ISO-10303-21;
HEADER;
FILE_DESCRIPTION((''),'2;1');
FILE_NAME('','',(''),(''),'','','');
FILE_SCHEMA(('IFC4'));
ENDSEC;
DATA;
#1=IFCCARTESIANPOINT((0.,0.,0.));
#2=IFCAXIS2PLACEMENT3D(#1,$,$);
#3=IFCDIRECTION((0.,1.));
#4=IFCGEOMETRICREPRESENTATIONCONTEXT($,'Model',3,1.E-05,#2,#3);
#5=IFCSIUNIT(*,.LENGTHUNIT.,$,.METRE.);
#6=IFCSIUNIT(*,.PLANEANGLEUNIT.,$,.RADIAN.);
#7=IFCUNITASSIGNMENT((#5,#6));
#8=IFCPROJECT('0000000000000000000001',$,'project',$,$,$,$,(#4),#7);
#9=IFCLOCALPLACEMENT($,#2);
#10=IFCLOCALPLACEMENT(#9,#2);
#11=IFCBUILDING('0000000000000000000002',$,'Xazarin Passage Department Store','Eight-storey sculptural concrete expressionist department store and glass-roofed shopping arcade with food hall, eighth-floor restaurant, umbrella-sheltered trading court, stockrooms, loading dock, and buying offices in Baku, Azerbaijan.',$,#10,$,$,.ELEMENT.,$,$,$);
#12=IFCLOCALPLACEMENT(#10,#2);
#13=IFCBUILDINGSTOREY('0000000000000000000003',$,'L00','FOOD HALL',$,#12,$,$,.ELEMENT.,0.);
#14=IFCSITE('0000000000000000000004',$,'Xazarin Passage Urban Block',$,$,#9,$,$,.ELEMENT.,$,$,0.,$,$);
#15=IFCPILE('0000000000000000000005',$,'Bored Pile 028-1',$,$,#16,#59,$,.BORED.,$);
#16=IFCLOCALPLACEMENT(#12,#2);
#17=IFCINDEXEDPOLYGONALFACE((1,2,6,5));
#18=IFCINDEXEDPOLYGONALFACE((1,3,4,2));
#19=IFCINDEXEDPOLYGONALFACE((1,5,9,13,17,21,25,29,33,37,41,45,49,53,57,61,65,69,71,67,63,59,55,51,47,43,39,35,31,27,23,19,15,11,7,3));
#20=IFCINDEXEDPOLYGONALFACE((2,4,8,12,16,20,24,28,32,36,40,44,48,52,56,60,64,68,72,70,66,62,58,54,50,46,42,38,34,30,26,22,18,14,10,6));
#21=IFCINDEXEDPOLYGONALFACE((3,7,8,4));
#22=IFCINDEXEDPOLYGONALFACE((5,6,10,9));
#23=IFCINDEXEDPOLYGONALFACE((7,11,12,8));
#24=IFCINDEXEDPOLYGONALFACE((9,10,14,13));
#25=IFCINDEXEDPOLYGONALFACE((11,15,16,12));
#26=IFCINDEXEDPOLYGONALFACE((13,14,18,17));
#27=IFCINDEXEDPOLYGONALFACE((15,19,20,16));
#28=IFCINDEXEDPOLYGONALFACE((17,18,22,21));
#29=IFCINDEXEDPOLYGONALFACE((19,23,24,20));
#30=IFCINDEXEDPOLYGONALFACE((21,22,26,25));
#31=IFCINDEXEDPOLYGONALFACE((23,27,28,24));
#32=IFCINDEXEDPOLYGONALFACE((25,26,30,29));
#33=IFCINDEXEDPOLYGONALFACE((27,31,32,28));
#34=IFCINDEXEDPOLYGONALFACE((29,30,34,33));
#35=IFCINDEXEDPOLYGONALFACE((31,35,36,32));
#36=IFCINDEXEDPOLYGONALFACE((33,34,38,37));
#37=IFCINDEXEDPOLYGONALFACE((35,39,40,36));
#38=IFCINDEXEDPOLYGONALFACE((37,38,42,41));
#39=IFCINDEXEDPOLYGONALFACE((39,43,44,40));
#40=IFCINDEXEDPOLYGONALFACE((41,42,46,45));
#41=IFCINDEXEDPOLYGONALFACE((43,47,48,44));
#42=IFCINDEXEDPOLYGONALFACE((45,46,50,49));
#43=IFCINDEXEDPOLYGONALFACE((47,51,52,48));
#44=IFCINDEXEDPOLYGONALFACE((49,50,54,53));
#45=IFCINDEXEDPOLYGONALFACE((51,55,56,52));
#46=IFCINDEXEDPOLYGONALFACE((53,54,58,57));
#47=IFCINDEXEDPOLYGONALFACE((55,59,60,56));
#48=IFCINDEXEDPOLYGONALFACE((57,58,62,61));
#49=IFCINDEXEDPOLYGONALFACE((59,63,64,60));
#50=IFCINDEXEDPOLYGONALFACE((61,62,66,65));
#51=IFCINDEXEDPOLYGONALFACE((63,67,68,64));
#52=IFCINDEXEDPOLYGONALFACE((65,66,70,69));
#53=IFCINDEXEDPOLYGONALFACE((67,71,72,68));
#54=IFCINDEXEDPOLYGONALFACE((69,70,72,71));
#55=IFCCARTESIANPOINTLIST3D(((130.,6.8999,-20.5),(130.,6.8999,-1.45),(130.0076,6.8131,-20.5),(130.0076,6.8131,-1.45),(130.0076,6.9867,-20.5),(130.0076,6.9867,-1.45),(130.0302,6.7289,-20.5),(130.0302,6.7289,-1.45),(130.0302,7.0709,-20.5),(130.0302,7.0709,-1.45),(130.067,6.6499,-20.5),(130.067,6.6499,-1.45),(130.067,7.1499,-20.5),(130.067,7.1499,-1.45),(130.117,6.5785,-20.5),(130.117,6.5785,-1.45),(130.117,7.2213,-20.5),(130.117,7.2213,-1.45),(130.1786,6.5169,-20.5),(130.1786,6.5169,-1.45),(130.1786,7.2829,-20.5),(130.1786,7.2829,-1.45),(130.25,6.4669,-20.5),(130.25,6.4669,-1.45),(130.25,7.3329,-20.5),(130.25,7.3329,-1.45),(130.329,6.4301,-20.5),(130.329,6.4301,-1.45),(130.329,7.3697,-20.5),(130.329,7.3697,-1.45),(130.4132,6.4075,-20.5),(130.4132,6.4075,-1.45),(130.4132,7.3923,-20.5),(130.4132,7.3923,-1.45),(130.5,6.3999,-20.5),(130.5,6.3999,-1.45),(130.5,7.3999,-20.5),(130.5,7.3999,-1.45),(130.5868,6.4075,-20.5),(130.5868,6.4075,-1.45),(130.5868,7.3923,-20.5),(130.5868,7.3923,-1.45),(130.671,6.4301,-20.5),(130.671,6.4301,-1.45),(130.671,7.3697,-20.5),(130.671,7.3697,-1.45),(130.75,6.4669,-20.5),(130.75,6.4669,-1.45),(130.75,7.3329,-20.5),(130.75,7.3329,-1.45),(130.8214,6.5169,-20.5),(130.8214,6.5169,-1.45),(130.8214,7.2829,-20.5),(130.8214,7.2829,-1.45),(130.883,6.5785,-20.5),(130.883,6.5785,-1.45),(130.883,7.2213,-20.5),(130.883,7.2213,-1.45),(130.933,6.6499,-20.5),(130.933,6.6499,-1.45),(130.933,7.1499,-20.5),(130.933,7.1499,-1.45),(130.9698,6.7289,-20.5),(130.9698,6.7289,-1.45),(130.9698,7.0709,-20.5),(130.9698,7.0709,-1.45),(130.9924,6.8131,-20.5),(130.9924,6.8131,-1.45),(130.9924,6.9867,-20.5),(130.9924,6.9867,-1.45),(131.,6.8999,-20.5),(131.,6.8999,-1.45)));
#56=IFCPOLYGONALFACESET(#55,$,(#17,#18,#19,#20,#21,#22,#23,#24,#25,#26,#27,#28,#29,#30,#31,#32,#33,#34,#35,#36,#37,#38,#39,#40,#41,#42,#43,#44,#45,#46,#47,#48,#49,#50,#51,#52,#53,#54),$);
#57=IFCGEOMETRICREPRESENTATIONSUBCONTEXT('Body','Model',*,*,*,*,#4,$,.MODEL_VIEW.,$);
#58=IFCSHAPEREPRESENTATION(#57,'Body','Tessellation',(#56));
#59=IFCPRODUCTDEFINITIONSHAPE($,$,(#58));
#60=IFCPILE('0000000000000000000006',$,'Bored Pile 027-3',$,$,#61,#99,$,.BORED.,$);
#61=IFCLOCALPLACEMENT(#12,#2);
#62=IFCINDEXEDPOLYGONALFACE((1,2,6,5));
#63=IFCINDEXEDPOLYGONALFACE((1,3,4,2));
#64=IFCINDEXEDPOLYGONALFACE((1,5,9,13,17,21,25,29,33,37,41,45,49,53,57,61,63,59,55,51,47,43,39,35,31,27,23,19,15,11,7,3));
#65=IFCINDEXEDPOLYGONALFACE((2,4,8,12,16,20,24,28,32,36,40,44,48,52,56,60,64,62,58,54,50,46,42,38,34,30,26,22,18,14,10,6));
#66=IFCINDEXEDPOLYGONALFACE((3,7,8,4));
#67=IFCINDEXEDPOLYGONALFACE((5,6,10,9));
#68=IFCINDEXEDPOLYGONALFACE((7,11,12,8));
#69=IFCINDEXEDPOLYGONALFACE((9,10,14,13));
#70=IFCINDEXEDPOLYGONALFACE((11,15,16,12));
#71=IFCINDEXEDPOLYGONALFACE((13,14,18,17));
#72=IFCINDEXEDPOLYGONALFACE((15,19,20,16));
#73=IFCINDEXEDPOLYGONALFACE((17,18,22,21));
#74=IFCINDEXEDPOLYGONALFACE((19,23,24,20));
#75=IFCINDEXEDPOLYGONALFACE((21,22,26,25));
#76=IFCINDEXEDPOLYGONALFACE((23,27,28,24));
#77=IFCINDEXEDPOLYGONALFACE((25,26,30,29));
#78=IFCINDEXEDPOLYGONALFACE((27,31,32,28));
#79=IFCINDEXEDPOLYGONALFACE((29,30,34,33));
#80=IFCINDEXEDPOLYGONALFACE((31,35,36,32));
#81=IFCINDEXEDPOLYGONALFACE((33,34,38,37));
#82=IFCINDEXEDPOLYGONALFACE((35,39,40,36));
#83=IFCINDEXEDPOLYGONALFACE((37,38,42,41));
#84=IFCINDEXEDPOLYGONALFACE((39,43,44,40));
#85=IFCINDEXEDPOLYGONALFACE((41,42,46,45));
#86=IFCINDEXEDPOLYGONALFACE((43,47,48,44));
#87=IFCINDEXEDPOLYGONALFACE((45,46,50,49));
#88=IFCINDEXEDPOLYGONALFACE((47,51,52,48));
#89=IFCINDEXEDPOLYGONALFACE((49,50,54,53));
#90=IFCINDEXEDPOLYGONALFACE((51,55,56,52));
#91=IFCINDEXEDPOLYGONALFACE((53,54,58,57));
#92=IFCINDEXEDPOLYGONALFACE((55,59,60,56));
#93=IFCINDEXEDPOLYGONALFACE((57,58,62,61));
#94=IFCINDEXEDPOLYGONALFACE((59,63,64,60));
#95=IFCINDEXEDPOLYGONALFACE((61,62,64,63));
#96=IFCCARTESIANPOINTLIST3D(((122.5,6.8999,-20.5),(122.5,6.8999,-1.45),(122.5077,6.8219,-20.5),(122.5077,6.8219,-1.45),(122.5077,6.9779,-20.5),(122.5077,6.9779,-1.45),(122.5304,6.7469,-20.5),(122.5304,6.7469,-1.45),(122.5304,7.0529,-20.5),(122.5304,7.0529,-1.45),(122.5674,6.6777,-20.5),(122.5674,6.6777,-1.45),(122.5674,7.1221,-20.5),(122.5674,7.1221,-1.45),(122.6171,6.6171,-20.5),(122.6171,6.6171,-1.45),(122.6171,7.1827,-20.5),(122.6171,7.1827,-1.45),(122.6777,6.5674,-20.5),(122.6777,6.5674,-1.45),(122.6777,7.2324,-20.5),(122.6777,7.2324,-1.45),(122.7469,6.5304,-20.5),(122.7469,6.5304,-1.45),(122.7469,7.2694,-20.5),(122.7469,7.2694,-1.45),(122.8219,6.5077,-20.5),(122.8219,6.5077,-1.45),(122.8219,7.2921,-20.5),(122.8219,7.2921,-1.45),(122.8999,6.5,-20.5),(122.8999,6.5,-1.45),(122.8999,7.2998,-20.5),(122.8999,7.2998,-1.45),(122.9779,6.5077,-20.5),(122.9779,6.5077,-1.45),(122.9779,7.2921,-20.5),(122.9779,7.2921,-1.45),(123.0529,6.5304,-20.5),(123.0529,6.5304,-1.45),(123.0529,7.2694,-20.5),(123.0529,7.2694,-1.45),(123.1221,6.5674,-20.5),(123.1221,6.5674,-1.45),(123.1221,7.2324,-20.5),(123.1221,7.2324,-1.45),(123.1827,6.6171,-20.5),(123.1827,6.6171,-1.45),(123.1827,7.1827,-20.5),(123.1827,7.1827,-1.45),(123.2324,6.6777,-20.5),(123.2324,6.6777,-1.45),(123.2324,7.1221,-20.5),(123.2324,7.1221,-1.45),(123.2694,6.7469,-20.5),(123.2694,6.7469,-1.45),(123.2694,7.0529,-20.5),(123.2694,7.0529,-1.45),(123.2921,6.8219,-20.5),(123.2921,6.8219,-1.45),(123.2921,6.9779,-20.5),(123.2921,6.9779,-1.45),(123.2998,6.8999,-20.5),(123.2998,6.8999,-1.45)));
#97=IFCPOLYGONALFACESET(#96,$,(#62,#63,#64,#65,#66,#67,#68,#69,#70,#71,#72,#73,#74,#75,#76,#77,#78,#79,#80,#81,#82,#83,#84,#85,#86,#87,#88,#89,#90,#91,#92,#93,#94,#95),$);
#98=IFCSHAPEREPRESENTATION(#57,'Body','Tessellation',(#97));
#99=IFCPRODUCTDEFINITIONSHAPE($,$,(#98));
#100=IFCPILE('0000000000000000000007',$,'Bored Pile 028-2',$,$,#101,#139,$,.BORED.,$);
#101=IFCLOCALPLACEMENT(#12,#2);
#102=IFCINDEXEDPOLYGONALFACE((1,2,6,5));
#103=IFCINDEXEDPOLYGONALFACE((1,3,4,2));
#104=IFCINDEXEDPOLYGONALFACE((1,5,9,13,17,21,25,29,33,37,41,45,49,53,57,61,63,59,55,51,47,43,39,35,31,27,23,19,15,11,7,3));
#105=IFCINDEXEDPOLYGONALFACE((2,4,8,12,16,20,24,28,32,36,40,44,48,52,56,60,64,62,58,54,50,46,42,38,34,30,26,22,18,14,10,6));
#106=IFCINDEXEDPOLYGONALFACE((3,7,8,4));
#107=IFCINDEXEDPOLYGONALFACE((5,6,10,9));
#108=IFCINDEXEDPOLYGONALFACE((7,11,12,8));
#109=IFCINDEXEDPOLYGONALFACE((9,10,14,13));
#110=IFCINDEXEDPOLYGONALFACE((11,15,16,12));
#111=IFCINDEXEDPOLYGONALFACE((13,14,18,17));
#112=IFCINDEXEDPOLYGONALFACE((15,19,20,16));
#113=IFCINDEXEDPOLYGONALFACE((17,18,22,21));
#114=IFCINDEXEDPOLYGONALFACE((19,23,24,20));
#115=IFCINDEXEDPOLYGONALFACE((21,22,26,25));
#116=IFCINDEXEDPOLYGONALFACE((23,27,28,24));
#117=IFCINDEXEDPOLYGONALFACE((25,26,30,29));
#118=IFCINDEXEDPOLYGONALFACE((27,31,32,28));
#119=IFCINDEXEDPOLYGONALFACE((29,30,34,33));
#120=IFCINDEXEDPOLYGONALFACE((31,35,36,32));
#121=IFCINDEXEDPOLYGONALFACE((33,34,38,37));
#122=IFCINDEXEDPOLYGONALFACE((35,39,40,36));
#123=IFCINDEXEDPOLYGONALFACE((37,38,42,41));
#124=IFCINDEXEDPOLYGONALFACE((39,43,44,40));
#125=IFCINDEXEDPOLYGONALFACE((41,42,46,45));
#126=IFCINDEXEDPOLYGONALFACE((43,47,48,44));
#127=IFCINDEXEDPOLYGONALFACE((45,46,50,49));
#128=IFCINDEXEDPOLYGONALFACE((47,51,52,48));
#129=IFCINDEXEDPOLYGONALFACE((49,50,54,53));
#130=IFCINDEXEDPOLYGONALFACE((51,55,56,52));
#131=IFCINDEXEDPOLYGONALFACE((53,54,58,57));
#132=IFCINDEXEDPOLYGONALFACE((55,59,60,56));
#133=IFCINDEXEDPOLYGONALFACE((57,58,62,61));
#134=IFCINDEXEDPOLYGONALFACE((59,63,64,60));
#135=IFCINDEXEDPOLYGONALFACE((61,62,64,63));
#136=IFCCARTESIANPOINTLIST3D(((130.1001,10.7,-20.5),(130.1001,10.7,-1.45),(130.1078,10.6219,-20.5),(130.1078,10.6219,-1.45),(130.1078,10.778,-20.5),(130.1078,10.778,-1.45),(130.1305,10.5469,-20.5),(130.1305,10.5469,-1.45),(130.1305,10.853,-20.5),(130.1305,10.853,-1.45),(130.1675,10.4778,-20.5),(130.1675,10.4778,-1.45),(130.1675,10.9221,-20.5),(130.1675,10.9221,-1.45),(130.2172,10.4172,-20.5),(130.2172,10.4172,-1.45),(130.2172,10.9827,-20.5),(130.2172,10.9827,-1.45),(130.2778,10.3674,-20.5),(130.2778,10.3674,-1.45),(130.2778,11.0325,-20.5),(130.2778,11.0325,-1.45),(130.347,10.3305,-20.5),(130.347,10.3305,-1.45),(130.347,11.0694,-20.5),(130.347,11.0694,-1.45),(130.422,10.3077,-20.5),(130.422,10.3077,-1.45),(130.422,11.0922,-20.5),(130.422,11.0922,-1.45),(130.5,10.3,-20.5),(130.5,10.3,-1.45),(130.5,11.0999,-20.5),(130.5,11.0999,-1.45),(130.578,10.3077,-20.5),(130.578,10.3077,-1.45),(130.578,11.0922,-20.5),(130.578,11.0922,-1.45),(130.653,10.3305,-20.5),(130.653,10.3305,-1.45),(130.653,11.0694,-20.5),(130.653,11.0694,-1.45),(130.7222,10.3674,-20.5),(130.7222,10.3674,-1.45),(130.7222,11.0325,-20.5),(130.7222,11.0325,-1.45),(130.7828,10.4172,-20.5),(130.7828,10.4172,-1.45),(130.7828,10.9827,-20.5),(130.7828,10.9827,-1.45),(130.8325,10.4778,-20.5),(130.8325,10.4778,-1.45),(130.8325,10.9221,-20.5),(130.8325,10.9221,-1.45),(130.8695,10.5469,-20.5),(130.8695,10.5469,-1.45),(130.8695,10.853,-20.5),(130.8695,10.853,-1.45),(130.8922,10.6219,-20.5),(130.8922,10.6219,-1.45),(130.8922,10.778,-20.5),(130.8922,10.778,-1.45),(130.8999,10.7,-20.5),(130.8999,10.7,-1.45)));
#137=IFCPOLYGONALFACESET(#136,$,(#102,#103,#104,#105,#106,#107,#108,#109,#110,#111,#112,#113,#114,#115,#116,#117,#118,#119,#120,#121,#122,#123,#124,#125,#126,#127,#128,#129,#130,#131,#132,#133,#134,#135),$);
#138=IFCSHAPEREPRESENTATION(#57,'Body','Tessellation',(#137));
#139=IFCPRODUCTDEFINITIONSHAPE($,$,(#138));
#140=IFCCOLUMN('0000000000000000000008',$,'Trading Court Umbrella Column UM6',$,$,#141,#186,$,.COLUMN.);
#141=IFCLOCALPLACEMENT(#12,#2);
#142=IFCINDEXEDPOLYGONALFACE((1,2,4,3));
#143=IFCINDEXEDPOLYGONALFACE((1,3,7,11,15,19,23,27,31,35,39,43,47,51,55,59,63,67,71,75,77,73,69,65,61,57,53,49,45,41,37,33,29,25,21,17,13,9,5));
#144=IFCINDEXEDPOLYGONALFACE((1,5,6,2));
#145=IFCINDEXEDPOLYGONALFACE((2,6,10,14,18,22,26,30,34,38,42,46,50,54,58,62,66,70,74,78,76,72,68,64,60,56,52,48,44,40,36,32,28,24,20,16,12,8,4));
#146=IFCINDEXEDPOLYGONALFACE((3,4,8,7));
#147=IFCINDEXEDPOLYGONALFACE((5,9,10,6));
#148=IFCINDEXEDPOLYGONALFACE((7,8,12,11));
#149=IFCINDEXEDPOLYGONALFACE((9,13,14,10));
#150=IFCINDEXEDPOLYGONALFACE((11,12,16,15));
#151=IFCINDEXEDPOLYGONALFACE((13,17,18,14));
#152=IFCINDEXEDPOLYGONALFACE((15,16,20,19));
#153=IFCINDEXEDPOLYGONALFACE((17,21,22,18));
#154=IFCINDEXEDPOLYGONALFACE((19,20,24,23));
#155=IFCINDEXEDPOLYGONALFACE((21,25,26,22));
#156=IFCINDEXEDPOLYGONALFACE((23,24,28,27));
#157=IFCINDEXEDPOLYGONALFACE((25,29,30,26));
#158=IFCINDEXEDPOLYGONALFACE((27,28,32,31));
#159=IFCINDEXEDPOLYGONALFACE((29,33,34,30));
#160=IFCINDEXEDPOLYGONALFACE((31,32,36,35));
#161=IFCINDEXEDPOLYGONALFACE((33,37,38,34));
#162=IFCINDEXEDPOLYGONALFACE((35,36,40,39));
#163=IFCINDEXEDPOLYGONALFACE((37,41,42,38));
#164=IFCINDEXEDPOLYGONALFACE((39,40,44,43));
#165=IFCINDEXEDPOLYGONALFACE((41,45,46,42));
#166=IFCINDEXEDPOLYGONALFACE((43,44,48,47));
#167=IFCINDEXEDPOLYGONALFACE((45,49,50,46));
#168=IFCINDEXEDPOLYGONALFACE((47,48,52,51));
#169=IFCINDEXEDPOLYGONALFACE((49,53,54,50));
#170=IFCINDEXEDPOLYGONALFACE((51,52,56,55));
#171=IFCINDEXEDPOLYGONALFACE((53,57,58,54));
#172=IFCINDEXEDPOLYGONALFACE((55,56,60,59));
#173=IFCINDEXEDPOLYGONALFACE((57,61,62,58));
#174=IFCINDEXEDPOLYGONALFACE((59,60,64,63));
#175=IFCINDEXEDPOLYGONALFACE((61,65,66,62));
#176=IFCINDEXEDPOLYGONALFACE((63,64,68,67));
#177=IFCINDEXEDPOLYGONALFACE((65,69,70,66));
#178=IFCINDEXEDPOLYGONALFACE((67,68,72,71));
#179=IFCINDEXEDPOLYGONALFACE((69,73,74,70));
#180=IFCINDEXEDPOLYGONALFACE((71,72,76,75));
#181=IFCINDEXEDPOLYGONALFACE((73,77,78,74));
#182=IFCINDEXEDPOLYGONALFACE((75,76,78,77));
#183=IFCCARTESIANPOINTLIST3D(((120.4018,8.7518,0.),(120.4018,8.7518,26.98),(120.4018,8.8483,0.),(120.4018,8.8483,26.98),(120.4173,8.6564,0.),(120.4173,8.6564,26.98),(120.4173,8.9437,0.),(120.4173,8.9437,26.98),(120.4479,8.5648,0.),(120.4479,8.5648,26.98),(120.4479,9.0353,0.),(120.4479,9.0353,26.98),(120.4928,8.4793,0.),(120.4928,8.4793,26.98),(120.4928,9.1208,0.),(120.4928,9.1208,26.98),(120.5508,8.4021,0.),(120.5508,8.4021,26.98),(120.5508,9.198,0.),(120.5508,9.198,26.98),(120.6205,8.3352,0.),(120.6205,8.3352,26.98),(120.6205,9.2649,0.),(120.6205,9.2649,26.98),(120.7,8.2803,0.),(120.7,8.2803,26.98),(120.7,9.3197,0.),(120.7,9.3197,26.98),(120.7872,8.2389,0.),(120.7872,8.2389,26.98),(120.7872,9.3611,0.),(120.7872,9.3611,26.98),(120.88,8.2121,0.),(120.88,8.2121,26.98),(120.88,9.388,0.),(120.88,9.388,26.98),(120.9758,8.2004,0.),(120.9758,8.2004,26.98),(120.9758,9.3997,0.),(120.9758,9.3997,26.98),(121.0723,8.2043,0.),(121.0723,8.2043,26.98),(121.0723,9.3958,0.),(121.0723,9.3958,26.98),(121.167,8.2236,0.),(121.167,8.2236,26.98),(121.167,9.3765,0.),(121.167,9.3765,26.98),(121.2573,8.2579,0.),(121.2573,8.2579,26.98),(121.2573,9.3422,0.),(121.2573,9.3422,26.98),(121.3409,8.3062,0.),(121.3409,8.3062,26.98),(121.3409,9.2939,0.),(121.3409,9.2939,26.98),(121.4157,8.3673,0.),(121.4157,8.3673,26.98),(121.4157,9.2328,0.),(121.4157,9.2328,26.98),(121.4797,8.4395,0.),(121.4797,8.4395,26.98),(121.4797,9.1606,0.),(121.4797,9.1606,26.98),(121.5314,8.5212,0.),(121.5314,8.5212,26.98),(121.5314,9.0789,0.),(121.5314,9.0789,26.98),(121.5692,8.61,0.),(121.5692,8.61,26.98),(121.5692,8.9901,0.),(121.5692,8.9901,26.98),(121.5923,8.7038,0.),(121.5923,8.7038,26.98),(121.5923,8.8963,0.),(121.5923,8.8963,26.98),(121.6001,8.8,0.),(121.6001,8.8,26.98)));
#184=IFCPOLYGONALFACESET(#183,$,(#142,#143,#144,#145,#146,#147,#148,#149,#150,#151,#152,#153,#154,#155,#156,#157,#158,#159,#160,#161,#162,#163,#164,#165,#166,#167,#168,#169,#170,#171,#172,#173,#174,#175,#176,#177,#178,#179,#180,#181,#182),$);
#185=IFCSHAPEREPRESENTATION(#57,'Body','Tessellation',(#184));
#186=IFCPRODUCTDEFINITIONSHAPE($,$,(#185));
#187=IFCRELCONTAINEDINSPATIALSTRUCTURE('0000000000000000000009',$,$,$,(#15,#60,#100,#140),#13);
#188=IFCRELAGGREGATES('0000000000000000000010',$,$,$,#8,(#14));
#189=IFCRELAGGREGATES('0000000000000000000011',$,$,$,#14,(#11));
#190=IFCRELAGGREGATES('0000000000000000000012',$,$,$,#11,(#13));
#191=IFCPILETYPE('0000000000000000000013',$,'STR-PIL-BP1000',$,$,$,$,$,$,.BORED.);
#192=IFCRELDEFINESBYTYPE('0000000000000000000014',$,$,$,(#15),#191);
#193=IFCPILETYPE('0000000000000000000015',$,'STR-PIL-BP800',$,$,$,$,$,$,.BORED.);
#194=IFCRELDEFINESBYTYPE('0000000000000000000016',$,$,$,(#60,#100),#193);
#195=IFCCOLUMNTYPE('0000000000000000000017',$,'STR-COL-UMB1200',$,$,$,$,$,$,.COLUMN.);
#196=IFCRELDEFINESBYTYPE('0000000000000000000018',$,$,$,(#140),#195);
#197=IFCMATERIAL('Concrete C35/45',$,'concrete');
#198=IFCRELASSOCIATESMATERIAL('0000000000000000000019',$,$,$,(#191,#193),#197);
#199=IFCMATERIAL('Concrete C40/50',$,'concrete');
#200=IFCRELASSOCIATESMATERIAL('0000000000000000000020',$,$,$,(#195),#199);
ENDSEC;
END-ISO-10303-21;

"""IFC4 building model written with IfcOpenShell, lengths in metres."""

from ifc_helpers import new_model, si_unit, direction, frame, origin, origin_2d, place, context, subcontext, project, spatial, circle, extrude, material, material_profile, profile_set, type_object, element, save


model = new_model("IFC4")

# Units and contexts
model_context = context("Model", 3, precision=1e-05, world=origin(), true_north=direction((0.0, 1.0)))
body_context = subcontext(model_context, "Body", "Model", "MODEL_VIEW")
ifc_project = project(units=[si_unit("LENGTHUNIT", "METRE"), si_unit("PLANEANGLEUNIT", "RADIAN")], contexts=[model_context])

# Site, building, storey
site_placement = place(None, origin())
site = spatial("IfcSite", under=ifc_project, at=site_placement, Name="Xazarin Passage Urban Block", CompositionType="ELEMENT", RefElevation=0.0)
building_placement = place(site_placement, origin())
building = spatial("IfcBuilding", under=site, at=building_placement, Name="Xazarin Passage Department Store", Description="Eight-storey sculptural concrete expressionist department store and glass-roofed shopping arcade with food hall, eighth-floor restaurant, umbrella-sheltered trading court, stockrooms, loading dock, and buying offices in Baku, Azerbaijan.", CompositionType="ELEMENT")
storey_placement = place(building_placement, origin())
storey = spatial("IfcBuildingStorey", under=building, at=storey_placement, Name="L00", Description="FOOD HALL", CompositionType="ELEMENT", Elevation=0.0)

# Shared definitions
ifc_material_1 = material(Name="Concrete C35/45", Category="concrete")

# Piles
ifc_material_profile_1 = material_profile(ifc_material_1, circle(Radius=0.5, at=origin_2d()), Name="BP 1000")
ifc_profile_set_1 = profile_set([ifc_material_profile_1], Name="Concrete C35/45")
pile_type_1 = type_object("IfcPileType", Name="STR-PIL-BP1000", PredefinedType="BORED", material=ifc_profile_set_1)
for number, where, z_axis, x_axis, name in (
    (1, (130.5, 6.8999, -1.45), (0.0, 0.0, -1.0), (1.0, 0.0, 0.0), "Bored Pile 028-1"),
):
    element("IfcPile", number, at=place(storey_placement, frame(where, z_axis=z_axis, x_axis=x_axis)), inside=storey, type_object=pile_type_1, Name=name, PredefinedType="BORED", context=body_context, shape_type="SweptSolid", body=[
        extrude(circle(Radius=0.5, at=origin_2d()), origin(), (0.0, 0.0, 1.0), 19.05),
    ])
ifc_material_profile_2 = material_profile(ifc_material_1, circle(Radius=0.3999, at=origin_2d()), Name="BP 800")
ifc_profile_set_2 = profile_set([ifc_material_profile_2], Name="Concrete C35/45")
pile_type_2 = type_object("IfcPileType", Name="STR-PIL-BP800", PredefinedType="BORED", material=ifc_profile_set_2)
for number, where, z_axis, x_axis, name in (
    (2, (122.8999, 6.8999, -1.45), (0.0, 0.0, -1.0), (1.0, 0.0, 0.0), "Bored Pile 027-3"),
    (3, (130.5, 10.7, -1.45), (0.0, 0.0, -1.0), (1.0, 0.0, 0.0), "Bored Pile 028-2"),
):
    element("IfcPile", number, at=place(storey_placement, frame(where, z_axis=z_axis, x_axis=x_axis)), inside=storey, type_object=pile_type_2, Name=name, PredefinedType="BORED", context=body_context, shape_type="SweptSolid", body=[
        extrude(circle(Radius=0.3999, at=origin_2d()), origin(), (0.0, 0.0, 1.0), 19.05),
    ])

# Column
ifc_material_2 = material(Name="Concrete C40/50", Category="concrete")
ifc_material_profile_3 = material_profile(ifc_material_2, circle(Radius=0.6001, at=origin_2d()), Name="RCD 1200")
ifc_profile_set_3 = profile_set([ifc_material_profile_3], Name="Concrete C40/50")
column_type = type_object("IfcColumnType", Name="STR-COL-UMB1200", PredefinedType="COLUMN", material=ifc_profile_set_3)
column_1_placement = place(storey_placement, frame((121.0, 8.8, 0.0), z_axis=(0.0, 0.0, 1.0), x_axis=(1.0, 0.0, 0.0)))
element("IfcColumn", 4, at=column_1_placement, inside=storey, type_object=column_type, Name="Trading Court Umbrella Column UM6", PredefinedType="COLUMN", context=body_context, shape_type="SweptSolid", body=[
    extrude(circle(Radius=0.6001, at=origin_2d()), origin(), (0.0, 0.0, 1.0), 26.98),
])

save(model, "model.ifc")
